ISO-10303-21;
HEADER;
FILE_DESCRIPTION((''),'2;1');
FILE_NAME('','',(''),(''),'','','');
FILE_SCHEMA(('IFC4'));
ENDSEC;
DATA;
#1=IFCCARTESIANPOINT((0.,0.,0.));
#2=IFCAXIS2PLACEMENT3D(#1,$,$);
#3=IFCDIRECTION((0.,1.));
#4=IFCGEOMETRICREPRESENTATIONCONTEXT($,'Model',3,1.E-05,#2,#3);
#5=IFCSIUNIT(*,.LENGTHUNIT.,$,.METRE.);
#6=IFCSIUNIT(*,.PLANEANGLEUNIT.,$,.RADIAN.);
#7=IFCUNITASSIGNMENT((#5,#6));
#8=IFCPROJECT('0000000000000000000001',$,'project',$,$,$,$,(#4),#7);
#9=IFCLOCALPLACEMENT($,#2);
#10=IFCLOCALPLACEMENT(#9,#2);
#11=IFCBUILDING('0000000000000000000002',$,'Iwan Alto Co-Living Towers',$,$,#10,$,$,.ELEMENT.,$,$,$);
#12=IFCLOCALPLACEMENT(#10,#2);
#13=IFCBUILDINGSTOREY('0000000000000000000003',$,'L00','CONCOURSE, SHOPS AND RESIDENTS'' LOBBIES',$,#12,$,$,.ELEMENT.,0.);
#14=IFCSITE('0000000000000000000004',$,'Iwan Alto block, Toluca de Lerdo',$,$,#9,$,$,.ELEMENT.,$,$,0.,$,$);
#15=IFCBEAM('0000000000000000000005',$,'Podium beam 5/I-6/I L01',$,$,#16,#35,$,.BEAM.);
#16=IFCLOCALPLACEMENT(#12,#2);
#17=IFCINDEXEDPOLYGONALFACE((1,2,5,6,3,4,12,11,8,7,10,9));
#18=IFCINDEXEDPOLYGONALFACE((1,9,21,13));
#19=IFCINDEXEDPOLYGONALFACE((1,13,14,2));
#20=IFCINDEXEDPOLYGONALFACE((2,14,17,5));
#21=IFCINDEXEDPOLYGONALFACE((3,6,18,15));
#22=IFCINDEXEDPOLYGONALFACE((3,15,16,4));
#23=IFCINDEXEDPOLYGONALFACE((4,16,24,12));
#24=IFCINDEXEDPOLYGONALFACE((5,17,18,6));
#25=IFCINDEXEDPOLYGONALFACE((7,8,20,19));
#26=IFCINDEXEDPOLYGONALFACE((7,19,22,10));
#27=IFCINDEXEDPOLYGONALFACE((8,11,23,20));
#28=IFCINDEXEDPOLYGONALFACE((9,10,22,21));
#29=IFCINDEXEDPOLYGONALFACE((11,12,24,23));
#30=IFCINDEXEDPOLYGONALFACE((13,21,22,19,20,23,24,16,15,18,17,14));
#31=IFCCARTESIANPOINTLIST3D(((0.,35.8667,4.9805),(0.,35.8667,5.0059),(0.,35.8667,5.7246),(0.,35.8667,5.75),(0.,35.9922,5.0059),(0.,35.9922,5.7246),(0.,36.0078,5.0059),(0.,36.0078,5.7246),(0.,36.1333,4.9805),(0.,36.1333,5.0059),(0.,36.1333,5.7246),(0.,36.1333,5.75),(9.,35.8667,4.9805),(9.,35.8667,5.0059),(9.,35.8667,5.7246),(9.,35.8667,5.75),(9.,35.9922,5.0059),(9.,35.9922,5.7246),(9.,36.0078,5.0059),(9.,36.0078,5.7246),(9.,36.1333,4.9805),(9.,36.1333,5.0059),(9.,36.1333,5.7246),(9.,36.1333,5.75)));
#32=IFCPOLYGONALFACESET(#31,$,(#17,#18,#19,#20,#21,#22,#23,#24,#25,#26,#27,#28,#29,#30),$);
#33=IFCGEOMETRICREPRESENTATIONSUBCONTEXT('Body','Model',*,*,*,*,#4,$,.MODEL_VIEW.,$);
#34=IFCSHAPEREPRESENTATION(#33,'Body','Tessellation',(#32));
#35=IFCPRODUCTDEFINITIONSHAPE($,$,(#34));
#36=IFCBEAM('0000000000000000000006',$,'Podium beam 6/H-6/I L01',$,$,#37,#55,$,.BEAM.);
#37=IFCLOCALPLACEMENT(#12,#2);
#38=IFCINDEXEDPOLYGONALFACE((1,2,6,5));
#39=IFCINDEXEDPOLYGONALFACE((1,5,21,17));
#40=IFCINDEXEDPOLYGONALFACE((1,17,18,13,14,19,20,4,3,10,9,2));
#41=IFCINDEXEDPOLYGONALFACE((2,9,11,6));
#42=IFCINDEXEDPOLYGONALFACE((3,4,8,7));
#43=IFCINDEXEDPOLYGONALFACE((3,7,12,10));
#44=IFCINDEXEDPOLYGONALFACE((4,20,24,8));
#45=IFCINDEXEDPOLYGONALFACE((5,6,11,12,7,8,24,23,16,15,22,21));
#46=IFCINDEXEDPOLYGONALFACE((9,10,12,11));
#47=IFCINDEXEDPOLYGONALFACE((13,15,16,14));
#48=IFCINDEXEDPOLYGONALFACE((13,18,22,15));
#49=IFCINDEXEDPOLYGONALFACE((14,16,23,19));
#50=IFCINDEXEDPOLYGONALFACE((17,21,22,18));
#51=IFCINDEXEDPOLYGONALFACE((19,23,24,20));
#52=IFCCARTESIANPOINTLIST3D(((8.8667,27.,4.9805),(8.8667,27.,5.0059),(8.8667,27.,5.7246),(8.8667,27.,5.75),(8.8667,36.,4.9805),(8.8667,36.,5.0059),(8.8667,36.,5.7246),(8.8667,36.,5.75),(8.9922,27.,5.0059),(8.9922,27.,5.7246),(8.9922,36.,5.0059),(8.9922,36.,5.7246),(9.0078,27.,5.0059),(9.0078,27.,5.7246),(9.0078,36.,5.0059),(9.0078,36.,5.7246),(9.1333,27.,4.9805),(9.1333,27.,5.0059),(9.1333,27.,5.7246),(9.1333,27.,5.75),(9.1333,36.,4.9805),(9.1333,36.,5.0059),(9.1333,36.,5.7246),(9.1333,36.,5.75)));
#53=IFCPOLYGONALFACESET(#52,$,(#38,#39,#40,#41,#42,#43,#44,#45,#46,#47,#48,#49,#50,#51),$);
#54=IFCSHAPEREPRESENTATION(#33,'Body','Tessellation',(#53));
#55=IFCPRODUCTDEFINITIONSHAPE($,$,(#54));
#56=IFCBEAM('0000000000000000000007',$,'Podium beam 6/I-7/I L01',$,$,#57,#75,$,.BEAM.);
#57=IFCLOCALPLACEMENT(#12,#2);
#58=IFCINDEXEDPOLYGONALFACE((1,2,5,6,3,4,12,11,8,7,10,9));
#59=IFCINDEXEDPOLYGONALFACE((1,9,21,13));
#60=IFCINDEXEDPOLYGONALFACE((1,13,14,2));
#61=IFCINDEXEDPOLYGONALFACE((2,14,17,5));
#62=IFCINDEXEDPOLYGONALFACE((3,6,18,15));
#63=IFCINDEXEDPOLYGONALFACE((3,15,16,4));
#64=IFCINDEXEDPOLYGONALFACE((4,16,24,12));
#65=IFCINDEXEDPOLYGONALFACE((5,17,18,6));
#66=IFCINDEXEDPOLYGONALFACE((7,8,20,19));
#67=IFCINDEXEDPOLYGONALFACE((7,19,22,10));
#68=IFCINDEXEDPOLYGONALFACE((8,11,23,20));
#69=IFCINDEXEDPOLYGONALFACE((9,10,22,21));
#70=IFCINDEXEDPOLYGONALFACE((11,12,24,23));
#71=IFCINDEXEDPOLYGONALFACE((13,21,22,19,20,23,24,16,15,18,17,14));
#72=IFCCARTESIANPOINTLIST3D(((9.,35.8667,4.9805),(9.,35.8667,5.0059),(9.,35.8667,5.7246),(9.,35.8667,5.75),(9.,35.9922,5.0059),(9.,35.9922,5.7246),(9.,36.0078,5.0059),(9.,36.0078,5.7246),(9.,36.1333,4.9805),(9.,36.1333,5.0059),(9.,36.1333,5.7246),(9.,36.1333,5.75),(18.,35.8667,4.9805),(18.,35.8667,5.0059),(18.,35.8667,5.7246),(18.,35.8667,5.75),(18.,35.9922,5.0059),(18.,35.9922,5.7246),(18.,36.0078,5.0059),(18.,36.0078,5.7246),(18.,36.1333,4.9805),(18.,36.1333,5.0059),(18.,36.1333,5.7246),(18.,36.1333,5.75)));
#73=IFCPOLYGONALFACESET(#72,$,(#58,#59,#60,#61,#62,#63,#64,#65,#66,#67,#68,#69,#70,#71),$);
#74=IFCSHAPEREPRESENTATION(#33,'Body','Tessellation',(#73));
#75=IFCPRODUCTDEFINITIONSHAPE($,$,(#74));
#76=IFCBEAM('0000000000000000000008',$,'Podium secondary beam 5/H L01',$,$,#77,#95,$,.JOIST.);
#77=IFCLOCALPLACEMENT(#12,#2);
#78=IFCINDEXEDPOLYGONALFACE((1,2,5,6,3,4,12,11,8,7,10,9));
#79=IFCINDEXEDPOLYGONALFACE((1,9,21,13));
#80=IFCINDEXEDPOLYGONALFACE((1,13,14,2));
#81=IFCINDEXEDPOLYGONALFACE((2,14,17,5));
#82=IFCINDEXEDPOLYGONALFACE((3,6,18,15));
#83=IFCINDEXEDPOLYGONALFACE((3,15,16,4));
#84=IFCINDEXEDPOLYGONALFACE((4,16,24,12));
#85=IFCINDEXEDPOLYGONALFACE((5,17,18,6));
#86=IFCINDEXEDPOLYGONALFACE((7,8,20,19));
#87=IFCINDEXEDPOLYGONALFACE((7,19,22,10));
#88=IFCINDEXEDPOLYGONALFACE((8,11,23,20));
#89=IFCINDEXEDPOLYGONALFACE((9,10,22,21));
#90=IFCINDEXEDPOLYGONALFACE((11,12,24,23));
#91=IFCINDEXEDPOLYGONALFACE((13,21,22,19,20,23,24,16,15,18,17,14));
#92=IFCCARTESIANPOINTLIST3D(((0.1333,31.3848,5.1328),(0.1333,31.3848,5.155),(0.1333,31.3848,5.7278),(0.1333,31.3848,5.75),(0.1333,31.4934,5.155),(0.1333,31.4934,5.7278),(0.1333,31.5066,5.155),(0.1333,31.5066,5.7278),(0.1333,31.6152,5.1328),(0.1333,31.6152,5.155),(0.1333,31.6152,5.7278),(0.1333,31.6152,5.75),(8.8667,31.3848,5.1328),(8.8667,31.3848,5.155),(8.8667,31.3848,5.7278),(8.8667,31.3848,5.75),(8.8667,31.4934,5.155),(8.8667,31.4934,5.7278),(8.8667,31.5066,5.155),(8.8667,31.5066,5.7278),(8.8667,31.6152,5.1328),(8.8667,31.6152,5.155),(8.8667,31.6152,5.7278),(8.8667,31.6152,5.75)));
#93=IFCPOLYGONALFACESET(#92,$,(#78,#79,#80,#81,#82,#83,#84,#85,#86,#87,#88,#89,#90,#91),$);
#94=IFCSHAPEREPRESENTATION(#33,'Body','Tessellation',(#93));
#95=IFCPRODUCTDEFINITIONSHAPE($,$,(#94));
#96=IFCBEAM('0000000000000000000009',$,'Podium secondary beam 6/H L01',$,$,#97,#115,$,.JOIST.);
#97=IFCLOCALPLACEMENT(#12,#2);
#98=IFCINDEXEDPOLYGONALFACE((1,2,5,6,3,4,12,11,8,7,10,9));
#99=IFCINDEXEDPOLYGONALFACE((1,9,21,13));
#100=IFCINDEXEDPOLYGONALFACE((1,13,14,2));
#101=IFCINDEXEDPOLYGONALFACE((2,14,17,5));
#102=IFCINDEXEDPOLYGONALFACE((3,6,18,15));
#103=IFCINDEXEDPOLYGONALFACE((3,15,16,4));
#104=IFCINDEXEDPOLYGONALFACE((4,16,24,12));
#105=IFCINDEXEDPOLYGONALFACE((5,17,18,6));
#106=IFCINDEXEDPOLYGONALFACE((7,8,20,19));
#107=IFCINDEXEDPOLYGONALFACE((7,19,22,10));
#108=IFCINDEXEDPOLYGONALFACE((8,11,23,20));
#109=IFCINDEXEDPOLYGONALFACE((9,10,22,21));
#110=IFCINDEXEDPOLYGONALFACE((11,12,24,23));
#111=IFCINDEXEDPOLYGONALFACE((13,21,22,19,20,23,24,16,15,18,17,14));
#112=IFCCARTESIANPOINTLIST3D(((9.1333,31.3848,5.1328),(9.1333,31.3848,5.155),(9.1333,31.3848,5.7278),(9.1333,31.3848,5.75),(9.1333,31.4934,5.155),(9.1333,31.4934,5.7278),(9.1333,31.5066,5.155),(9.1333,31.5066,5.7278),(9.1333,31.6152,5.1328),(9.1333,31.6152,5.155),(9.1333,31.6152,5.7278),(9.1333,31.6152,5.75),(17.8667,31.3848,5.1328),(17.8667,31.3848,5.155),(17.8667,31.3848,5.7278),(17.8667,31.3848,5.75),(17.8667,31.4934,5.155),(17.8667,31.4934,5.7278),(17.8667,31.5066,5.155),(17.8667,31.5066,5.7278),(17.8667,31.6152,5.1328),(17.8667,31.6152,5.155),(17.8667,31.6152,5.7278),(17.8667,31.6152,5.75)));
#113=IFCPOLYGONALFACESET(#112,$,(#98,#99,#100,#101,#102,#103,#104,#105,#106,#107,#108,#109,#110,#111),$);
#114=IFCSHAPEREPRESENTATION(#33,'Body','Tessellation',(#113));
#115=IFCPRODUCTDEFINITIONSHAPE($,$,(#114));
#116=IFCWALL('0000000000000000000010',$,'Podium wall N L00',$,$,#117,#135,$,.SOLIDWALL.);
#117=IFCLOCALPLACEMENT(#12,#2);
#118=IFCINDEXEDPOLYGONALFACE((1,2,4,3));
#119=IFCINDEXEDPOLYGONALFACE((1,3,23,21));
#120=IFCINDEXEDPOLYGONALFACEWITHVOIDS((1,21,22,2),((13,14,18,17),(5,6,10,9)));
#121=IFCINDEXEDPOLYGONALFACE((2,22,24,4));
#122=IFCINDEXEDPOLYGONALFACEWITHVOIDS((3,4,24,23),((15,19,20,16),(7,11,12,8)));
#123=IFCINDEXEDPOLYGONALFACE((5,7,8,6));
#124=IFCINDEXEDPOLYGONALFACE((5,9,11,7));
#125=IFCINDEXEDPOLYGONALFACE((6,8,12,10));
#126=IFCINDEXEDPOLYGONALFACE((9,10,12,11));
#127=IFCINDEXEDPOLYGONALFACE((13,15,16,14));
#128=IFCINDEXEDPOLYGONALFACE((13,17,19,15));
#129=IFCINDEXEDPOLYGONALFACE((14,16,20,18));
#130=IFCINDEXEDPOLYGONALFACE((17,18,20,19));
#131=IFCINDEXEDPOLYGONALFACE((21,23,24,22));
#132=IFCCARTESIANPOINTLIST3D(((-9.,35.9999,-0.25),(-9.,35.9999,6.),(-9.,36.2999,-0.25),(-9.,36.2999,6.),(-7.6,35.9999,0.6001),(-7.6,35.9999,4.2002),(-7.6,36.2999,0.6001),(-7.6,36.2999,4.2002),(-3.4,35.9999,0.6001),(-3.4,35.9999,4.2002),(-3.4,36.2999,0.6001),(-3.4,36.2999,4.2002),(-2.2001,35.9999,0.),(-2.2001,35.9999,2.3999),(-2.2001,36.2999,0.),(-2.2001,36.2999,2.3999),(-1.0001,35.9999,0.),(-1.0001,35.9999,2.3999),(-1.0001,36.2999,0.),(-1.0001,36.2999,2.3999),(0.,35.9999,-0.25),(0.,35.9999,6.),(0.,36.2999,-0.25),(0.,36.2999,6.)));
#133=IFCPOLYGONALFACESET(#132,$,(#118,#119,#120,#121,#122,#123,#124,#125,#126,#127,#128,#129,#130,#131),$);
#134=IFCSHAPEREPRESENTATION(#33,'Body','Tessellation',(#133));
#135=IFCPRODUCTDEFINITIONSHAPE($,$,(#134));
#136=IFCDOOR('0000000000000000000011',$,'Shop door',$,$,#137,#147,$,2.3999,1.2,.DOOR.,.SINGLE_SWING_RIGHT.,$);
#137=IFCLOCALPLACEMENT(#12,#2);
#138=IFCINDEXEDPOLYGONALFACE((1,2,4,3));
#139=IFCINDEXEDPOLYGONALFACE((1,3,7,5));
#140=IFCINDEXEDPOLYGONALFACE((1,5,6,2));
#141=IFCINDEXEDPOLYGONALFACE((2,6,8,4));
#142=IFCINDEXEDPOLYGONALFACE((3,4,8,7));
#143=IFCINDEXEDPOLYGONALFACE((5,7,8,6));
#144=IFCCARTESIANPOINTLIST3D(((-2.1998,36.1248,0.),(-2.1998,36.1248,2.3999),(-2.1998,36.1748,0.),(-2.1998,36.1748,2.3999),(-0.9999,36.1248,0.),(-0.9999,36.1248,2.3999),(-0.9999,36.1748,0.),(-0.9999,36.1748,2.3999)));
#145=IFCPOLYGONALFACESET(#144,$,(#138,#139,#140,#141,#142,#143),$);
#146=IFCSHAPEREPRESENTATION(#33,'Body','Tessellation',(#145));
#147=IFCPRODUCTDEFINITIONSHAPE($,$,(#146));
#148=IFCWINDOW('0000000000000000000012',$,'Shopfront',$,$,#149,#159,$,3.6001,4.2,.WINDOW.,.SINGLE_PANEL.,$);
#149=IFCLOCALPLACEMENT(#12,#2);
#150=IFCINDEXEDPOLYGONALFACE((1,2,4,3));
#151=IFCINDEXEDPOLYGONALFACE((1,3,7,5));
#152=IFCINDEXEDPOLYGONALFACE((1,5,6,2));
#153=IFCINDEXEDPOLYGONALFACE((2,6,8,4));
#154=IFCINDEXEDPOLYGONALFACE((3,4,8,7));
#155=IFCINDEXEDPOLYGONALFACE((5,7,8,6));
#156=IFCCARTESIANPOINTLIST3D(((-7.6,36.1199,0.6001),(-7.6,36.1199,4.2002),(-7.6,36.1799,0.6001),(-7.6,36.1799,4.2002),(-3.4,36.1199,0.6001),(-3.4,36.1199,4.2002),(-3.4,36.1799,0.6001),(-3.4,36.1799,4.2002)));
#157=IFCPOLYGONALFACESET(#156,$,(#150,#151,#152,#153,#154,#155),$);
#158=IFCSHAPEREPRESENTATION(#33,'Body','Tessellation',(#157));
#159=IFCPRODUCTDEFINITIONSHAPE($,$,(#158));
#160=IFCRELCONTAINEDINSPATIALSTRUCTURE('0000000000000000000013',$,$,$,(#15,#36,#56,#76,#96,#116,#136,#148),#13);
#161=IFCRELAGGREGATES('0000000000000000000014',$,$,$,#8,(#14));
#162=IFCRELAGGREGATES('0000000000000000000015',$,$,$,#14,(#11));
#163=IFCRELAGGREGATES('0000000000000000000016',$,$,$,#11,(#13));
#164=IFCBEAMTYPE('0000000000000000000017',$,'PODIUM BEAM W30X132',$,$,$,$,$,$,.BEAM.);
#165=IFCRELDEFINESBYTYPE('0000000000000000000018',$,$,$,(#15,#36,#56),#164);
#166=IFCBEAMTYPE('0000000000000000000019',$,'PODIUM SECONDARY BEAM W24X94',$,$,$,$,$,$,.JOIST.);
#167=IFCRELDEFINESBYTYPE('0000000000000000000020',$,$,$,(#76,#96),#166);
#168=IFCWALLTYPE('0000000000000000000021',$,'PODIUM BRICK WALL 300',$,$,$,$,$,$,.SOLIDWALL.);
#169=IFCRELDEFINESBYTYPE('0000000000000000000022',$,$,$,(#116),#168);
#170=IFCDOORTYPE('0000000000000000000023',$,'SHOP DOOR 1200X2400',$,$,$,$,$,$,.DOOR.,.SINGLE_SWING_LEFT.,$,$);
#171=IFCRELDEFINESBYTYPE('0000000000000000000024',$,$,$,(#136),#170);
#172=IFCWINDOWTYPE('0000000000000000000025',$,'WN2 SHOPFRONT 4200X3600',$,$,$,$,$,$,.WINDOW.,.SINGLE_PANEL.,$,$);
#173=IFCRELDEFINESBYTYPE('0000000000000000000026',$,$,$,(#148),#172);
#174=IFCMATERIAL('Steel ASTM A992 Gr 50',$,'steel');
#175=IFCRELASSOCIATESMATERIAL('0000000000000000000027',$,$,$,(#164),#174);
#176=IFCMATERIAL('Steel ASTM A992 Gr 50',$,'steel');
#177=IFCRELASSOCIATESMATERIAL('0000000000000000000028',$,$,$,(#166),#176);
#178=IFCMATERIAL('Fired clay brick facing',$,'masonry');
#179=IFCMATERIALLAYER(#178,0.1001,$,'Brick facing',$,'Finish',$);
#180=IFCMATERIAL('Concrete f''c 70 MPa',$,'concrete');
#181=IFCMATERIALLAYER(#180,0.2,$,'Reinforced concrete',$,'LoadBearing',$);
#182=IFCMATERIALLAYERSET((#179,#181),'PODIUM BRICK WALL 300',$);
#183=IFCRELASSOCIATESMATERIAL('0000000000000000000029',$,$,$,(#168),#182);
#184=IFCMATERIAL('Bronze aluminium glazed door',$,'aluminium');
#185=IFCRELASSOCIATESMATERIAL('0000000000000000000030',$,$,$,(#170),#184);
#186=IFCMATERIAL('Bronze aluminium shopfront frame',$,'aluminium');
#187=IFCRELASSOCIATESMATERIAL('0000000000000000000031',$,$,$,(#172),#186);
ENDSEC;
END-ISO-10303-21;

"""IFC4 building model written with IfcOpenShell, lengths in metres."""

from ifc_helpers import new_model, si_unit, direction, frame, frame_2d, origin, origin_2d, place, context, subcontext, project, spatial, rectangle, i_section, extrude, material, layer, layer_set, material_profile, profile_set, type_object, element, fill, save


model = new_model("IFC4")

# Units and contexts
model_context = context("Model", 3, precision=1e-05, world=origin(), true_north=direction((0.0, 1.0)))
body_context = subcontext(model_context, "Body", "Model", "MODEL_VIEW")
ifc_project = project(units=[si_unit("LENGTHUNIT", "METRE"), si_unit("PLANEANGLEUNIT", "RADIAN")], contexts=[model_context])

# Site, building, storey
site_placement = place(None, origin())
site = spatial("IfcSite", under=ifc_project, at=site_placement, Name="Iwan Alto block, Toluca de Lerdo", CompositionType="ELEMENT", RefElevation=0.0)
building_placement = place(site_placement, origin())
building = spatial("IfcBuilding", under=site, at=building_placement, Name="Iwan Alto Co-Living Towers", CompositionType="ELEMENT")
storey_placement = place(building_placement, origin())
storey = spatial("IfcBuildingStorey", under=building, at=storey_placement, Name="L00", Description="CONCOURSE, SHOPS AND RESIDENTS' LOBBIES", CompositionType="ELEMENT", Elevation=0.0)

# Beams
ifc_material_1 = material(Name="Steel ASTM A992 Gr 50", Category="steel")
ifc_material_profile_1 = material_profile(ifc_material_1, i_section(OverallWidth=0.2666, OverallDepth=0.7695, WebThickness=0.0156, FlangeThickness=0.0254, at=origin_2d()), Name="W30X132")
ifc_profile_set_1 = profile_set([ifc_material_profile_1], Name="Steel ASTM A992 Gr 50")
beam_type_1 = type_object("IfcBeamType", Name="PODIUM BEAM W30X132", PredefinedType="BEAM", material=ifc_profile_set_1)
for number, where, z_axis, x_axis, name in (
    (1, (0.0, 36.0, 5.3652), (1.0, 0.0, 0.0), (0.0, 1.0, 0.0), "Podium beam 5/I-6/I L01"),
    (2, (9.0, 27.0, 5.3652), (0.0, 1.0, 0.0), (-1.0, 0.0, 0.0), "Podium beam 6/H-6/I L01"),
    (3, (9.0, 36.0, 5.3652), (1.0, 0.0, 0.0), (0.0, 1.0, 0.0), "Podium beam 6/I-7/I L01"),
):
    element("IfcBeam", number, at=place(storey_placement, frame(where, z_axis=z_axis, x_axis=x_axis)), inside=storey, type_object=beam_type_1, Name=name, PredefinedType="BEAM", context=body_context, shape_type="SweptSolid", body=[
        extrude(i_section(OverallWidth=0.2666, OverallDepth=0.7695, WebThickness=0.0156, FlangeThickness=0.0254, at=origin_2d()), origin(), (0.0, 0.0, 1.0), 9.0),
    ])
ifc_material_2 = material(Name="Steel ASTM A992 Gr 50", Category="steel")
ifc_material_profile_2 = material_profile(ifc_material_2, i_section(OverallWidth=0.2305, OverallDepth=0.6172, WebThickness=0.0132, FlangeThickness=0.0222, at=origin_2d()), Name="W24X94")
ifc_profile_set_2 = profile_set([ifc_material_profile_2], Name="Steel ASTM A992 Gr 50")
beam_type_2 = type_object("IfcBeamType", Name="PODIUM SECONDARY BEAM W24X94", PredefinedType="JOIST", material=ifc_profile_set_2)
for number, where, z_axis, x_axis, name in (
    (4, (0.1333, 31.5, 5.4414), (1.0, 0.0, 0.0), (0.0, 1.0, 0.0), "Podium secondary beam 5/H L01"),
    (5, (9.1333, 31.5, 5.4414), (1.0, 0.0, 0.0), (0.0, 1.0, 0.0), "Podium secondary beam 6/H L01"),
):
    element("IfcBeam", number, at=place(storey_placement, frame(where, z_axis=z_axis, x_axis=x_axis)), inside=storey, type_object=beam_type_2, Name=name, PredefinedType="JOIST", context=body_context, shape_type="SweptSolid", body=[
        extrude(i_section(OverallWidth=0.2305, OverallDepth=0.6172, WebThickness=0.0132, FlangeThickness=0.0222, at=origin_2d()), origin(), (0.0, 0.0, 1.0), 8.7334),
    ])

# Wall, openings, door, window
ifc_material_3 = material(Name="Fired clay brick facing", Category="masonry")
ifc_layer_1 = layer(ifc_material_3, 0.1001, Name="Brick facing", Category="Finish")
ifc_material_4 = material(Name="Concrete f'c 70 MPa", Category="concrete")
ifc_layer_2 = layer(ifc_material_4, 0.2, Name="Reinforced concrete", Category="LoadBearing")
ifc_layer_set = layer_set([ifc_layer_1, ifc_layer_2], Name="PODIUM BRICK WALL 300")
wall_type = type_object("IfcWallType", Name="PODIUM BRICK WALL 300", PredefinedType="SOLIDWALL", material=ifc_layer_set)
wall_1_placement = place(storey_placement, frame((0.0, 36.1499, -0.25), z_axis=(0.0, 0.0, 1.0), x_axis=(-1.0, 0.0, 0.0)))
wall_1 = element("IfcWall", 6, at=wall_1_placement, inside=storey, type_object=wall_type, Name="Podium wall N L00", PredefinedType="SOLIDWALL", context=body_context, shape_type="SweptSolid", body=[
    extrude(rectangle(XDim=9.0, YDim=0.3, at=frame_2d((4.5, 0.0))), origin(), (0.0, 0.0, 1.0), 6.25),
])
opening_1_placement = place(wall_1_placement, frame((1.0, 0.0, 0.25)))
opening_1 = element("IfcOpeningElement", 7, at=opening_1_placement, cuts=wall_1, PredefinedType="OPENING", context=body_context, shape_type="SweptSolid", body=[
    extrude(rectangle(XDim=1.2, YDim=2.3999, at=frame_2d((0.6001, 1.2))), frame((0.0, 0.1599, 0.0), z_axis=(0.0, -1.0, 0.0), x_axis=(1.0, 0.0, 0.0)), (0.0, 0.0, 1.0), 0.3201),
])
opening_2_placement = place(wall_1_placement, frame((3.3999, 0.0, 0.8501)))
opening_2 = element("IfcOpeningElement", 8, at=opening_2_placement, cuts=wall_1, PredefinedType="OPENING", context=body_context, shape_type="SweptSolid", body=[
    extrude(rectangle(XDim=4.2, YDim=3.6001, at=frame_2d((2.1001, 1.8))), frame((0.0, 0.1599, 0.0), z_axis=(0.0, -1.0, 0.0), x_axis=(1.0, 0.0, 0.0)), (0.0, 0.0, 1.0), 0.3201),
])
ifc_material_5 = material(Name="Bronze aluminium glazed door", Category="aluminium")
door_type = type_object("IfcDoorType", Name="SHOP DOOR 1200X2400", OperationType="SINGLE_SWING_LEFT", PredefinedType="DOOR", material=ifc_material_5)
door_1_placement = place(opening_1_placement, frame((1.2, 0.0, 0.0), z_axis=(0.0, 0.0, 1.0), x_axis=(-1.0, 0.0, 0.0)))
door_1 = element("IfcDoor", 9, at=door_1_placement, inside=storey, type_object=door_type, Name="Shop door", OperationType="SINGLE_SWING_RIGHT", OverallHeight=2.3999, OverallWidth=1.2, PredefinedType="DOOR", context=body_context, shape_type="SweptSolid", body=[
    extrude(rectangle(XDim=1.2, YDim=2.3999, at=frame_2d((0.6001, 1.2))), frame((0.0, 0.0249, 0.0), z_axis=(0.0, -1.0, 0.0), x_axis=(1.0, 0.0, 0.0)), (0.0, 0.0, 1.0), 0.05),
])
fill(opening_1, door_1)
ifc_material_6 = material(Name="Bronze aluminium shopfront frame", Category="aluminium")
window_type = type_object("IfcWindowType", Name="WN2 SHOPFRONT 4200X3600", PartitioningType="SINGLE_PANEL", PredefinedType="WINDOW", material=ifc_material_6)
window_1_placement = place(opening_2_placement, origin())
window_1 = element("IfcWindow", 10, at=window_1_placement, inside=storey, type_object=window_type, Name="Shopfront", OverallHeight=3.6001, OverallWidth=4.2, PartitioningType="SINGLE_PANEL", PredefinedType="WINDOW", context=body_context, shape_type="SweptSolid", body=[
    extrude(rectangle(XDim=4.2, YDim=3.6001, at=frame_2d((2.1001, 1.8))), frame((0.0, 0.03, 0.0), z_axis=(0.0, -1.0, 0.0), x_axis=(1.0, 0.0, 0.0)), (0.0, 0.0, 1.0), 0.0601),
])
fill(opening_2, window_1)

save(model, "model.ifc")
